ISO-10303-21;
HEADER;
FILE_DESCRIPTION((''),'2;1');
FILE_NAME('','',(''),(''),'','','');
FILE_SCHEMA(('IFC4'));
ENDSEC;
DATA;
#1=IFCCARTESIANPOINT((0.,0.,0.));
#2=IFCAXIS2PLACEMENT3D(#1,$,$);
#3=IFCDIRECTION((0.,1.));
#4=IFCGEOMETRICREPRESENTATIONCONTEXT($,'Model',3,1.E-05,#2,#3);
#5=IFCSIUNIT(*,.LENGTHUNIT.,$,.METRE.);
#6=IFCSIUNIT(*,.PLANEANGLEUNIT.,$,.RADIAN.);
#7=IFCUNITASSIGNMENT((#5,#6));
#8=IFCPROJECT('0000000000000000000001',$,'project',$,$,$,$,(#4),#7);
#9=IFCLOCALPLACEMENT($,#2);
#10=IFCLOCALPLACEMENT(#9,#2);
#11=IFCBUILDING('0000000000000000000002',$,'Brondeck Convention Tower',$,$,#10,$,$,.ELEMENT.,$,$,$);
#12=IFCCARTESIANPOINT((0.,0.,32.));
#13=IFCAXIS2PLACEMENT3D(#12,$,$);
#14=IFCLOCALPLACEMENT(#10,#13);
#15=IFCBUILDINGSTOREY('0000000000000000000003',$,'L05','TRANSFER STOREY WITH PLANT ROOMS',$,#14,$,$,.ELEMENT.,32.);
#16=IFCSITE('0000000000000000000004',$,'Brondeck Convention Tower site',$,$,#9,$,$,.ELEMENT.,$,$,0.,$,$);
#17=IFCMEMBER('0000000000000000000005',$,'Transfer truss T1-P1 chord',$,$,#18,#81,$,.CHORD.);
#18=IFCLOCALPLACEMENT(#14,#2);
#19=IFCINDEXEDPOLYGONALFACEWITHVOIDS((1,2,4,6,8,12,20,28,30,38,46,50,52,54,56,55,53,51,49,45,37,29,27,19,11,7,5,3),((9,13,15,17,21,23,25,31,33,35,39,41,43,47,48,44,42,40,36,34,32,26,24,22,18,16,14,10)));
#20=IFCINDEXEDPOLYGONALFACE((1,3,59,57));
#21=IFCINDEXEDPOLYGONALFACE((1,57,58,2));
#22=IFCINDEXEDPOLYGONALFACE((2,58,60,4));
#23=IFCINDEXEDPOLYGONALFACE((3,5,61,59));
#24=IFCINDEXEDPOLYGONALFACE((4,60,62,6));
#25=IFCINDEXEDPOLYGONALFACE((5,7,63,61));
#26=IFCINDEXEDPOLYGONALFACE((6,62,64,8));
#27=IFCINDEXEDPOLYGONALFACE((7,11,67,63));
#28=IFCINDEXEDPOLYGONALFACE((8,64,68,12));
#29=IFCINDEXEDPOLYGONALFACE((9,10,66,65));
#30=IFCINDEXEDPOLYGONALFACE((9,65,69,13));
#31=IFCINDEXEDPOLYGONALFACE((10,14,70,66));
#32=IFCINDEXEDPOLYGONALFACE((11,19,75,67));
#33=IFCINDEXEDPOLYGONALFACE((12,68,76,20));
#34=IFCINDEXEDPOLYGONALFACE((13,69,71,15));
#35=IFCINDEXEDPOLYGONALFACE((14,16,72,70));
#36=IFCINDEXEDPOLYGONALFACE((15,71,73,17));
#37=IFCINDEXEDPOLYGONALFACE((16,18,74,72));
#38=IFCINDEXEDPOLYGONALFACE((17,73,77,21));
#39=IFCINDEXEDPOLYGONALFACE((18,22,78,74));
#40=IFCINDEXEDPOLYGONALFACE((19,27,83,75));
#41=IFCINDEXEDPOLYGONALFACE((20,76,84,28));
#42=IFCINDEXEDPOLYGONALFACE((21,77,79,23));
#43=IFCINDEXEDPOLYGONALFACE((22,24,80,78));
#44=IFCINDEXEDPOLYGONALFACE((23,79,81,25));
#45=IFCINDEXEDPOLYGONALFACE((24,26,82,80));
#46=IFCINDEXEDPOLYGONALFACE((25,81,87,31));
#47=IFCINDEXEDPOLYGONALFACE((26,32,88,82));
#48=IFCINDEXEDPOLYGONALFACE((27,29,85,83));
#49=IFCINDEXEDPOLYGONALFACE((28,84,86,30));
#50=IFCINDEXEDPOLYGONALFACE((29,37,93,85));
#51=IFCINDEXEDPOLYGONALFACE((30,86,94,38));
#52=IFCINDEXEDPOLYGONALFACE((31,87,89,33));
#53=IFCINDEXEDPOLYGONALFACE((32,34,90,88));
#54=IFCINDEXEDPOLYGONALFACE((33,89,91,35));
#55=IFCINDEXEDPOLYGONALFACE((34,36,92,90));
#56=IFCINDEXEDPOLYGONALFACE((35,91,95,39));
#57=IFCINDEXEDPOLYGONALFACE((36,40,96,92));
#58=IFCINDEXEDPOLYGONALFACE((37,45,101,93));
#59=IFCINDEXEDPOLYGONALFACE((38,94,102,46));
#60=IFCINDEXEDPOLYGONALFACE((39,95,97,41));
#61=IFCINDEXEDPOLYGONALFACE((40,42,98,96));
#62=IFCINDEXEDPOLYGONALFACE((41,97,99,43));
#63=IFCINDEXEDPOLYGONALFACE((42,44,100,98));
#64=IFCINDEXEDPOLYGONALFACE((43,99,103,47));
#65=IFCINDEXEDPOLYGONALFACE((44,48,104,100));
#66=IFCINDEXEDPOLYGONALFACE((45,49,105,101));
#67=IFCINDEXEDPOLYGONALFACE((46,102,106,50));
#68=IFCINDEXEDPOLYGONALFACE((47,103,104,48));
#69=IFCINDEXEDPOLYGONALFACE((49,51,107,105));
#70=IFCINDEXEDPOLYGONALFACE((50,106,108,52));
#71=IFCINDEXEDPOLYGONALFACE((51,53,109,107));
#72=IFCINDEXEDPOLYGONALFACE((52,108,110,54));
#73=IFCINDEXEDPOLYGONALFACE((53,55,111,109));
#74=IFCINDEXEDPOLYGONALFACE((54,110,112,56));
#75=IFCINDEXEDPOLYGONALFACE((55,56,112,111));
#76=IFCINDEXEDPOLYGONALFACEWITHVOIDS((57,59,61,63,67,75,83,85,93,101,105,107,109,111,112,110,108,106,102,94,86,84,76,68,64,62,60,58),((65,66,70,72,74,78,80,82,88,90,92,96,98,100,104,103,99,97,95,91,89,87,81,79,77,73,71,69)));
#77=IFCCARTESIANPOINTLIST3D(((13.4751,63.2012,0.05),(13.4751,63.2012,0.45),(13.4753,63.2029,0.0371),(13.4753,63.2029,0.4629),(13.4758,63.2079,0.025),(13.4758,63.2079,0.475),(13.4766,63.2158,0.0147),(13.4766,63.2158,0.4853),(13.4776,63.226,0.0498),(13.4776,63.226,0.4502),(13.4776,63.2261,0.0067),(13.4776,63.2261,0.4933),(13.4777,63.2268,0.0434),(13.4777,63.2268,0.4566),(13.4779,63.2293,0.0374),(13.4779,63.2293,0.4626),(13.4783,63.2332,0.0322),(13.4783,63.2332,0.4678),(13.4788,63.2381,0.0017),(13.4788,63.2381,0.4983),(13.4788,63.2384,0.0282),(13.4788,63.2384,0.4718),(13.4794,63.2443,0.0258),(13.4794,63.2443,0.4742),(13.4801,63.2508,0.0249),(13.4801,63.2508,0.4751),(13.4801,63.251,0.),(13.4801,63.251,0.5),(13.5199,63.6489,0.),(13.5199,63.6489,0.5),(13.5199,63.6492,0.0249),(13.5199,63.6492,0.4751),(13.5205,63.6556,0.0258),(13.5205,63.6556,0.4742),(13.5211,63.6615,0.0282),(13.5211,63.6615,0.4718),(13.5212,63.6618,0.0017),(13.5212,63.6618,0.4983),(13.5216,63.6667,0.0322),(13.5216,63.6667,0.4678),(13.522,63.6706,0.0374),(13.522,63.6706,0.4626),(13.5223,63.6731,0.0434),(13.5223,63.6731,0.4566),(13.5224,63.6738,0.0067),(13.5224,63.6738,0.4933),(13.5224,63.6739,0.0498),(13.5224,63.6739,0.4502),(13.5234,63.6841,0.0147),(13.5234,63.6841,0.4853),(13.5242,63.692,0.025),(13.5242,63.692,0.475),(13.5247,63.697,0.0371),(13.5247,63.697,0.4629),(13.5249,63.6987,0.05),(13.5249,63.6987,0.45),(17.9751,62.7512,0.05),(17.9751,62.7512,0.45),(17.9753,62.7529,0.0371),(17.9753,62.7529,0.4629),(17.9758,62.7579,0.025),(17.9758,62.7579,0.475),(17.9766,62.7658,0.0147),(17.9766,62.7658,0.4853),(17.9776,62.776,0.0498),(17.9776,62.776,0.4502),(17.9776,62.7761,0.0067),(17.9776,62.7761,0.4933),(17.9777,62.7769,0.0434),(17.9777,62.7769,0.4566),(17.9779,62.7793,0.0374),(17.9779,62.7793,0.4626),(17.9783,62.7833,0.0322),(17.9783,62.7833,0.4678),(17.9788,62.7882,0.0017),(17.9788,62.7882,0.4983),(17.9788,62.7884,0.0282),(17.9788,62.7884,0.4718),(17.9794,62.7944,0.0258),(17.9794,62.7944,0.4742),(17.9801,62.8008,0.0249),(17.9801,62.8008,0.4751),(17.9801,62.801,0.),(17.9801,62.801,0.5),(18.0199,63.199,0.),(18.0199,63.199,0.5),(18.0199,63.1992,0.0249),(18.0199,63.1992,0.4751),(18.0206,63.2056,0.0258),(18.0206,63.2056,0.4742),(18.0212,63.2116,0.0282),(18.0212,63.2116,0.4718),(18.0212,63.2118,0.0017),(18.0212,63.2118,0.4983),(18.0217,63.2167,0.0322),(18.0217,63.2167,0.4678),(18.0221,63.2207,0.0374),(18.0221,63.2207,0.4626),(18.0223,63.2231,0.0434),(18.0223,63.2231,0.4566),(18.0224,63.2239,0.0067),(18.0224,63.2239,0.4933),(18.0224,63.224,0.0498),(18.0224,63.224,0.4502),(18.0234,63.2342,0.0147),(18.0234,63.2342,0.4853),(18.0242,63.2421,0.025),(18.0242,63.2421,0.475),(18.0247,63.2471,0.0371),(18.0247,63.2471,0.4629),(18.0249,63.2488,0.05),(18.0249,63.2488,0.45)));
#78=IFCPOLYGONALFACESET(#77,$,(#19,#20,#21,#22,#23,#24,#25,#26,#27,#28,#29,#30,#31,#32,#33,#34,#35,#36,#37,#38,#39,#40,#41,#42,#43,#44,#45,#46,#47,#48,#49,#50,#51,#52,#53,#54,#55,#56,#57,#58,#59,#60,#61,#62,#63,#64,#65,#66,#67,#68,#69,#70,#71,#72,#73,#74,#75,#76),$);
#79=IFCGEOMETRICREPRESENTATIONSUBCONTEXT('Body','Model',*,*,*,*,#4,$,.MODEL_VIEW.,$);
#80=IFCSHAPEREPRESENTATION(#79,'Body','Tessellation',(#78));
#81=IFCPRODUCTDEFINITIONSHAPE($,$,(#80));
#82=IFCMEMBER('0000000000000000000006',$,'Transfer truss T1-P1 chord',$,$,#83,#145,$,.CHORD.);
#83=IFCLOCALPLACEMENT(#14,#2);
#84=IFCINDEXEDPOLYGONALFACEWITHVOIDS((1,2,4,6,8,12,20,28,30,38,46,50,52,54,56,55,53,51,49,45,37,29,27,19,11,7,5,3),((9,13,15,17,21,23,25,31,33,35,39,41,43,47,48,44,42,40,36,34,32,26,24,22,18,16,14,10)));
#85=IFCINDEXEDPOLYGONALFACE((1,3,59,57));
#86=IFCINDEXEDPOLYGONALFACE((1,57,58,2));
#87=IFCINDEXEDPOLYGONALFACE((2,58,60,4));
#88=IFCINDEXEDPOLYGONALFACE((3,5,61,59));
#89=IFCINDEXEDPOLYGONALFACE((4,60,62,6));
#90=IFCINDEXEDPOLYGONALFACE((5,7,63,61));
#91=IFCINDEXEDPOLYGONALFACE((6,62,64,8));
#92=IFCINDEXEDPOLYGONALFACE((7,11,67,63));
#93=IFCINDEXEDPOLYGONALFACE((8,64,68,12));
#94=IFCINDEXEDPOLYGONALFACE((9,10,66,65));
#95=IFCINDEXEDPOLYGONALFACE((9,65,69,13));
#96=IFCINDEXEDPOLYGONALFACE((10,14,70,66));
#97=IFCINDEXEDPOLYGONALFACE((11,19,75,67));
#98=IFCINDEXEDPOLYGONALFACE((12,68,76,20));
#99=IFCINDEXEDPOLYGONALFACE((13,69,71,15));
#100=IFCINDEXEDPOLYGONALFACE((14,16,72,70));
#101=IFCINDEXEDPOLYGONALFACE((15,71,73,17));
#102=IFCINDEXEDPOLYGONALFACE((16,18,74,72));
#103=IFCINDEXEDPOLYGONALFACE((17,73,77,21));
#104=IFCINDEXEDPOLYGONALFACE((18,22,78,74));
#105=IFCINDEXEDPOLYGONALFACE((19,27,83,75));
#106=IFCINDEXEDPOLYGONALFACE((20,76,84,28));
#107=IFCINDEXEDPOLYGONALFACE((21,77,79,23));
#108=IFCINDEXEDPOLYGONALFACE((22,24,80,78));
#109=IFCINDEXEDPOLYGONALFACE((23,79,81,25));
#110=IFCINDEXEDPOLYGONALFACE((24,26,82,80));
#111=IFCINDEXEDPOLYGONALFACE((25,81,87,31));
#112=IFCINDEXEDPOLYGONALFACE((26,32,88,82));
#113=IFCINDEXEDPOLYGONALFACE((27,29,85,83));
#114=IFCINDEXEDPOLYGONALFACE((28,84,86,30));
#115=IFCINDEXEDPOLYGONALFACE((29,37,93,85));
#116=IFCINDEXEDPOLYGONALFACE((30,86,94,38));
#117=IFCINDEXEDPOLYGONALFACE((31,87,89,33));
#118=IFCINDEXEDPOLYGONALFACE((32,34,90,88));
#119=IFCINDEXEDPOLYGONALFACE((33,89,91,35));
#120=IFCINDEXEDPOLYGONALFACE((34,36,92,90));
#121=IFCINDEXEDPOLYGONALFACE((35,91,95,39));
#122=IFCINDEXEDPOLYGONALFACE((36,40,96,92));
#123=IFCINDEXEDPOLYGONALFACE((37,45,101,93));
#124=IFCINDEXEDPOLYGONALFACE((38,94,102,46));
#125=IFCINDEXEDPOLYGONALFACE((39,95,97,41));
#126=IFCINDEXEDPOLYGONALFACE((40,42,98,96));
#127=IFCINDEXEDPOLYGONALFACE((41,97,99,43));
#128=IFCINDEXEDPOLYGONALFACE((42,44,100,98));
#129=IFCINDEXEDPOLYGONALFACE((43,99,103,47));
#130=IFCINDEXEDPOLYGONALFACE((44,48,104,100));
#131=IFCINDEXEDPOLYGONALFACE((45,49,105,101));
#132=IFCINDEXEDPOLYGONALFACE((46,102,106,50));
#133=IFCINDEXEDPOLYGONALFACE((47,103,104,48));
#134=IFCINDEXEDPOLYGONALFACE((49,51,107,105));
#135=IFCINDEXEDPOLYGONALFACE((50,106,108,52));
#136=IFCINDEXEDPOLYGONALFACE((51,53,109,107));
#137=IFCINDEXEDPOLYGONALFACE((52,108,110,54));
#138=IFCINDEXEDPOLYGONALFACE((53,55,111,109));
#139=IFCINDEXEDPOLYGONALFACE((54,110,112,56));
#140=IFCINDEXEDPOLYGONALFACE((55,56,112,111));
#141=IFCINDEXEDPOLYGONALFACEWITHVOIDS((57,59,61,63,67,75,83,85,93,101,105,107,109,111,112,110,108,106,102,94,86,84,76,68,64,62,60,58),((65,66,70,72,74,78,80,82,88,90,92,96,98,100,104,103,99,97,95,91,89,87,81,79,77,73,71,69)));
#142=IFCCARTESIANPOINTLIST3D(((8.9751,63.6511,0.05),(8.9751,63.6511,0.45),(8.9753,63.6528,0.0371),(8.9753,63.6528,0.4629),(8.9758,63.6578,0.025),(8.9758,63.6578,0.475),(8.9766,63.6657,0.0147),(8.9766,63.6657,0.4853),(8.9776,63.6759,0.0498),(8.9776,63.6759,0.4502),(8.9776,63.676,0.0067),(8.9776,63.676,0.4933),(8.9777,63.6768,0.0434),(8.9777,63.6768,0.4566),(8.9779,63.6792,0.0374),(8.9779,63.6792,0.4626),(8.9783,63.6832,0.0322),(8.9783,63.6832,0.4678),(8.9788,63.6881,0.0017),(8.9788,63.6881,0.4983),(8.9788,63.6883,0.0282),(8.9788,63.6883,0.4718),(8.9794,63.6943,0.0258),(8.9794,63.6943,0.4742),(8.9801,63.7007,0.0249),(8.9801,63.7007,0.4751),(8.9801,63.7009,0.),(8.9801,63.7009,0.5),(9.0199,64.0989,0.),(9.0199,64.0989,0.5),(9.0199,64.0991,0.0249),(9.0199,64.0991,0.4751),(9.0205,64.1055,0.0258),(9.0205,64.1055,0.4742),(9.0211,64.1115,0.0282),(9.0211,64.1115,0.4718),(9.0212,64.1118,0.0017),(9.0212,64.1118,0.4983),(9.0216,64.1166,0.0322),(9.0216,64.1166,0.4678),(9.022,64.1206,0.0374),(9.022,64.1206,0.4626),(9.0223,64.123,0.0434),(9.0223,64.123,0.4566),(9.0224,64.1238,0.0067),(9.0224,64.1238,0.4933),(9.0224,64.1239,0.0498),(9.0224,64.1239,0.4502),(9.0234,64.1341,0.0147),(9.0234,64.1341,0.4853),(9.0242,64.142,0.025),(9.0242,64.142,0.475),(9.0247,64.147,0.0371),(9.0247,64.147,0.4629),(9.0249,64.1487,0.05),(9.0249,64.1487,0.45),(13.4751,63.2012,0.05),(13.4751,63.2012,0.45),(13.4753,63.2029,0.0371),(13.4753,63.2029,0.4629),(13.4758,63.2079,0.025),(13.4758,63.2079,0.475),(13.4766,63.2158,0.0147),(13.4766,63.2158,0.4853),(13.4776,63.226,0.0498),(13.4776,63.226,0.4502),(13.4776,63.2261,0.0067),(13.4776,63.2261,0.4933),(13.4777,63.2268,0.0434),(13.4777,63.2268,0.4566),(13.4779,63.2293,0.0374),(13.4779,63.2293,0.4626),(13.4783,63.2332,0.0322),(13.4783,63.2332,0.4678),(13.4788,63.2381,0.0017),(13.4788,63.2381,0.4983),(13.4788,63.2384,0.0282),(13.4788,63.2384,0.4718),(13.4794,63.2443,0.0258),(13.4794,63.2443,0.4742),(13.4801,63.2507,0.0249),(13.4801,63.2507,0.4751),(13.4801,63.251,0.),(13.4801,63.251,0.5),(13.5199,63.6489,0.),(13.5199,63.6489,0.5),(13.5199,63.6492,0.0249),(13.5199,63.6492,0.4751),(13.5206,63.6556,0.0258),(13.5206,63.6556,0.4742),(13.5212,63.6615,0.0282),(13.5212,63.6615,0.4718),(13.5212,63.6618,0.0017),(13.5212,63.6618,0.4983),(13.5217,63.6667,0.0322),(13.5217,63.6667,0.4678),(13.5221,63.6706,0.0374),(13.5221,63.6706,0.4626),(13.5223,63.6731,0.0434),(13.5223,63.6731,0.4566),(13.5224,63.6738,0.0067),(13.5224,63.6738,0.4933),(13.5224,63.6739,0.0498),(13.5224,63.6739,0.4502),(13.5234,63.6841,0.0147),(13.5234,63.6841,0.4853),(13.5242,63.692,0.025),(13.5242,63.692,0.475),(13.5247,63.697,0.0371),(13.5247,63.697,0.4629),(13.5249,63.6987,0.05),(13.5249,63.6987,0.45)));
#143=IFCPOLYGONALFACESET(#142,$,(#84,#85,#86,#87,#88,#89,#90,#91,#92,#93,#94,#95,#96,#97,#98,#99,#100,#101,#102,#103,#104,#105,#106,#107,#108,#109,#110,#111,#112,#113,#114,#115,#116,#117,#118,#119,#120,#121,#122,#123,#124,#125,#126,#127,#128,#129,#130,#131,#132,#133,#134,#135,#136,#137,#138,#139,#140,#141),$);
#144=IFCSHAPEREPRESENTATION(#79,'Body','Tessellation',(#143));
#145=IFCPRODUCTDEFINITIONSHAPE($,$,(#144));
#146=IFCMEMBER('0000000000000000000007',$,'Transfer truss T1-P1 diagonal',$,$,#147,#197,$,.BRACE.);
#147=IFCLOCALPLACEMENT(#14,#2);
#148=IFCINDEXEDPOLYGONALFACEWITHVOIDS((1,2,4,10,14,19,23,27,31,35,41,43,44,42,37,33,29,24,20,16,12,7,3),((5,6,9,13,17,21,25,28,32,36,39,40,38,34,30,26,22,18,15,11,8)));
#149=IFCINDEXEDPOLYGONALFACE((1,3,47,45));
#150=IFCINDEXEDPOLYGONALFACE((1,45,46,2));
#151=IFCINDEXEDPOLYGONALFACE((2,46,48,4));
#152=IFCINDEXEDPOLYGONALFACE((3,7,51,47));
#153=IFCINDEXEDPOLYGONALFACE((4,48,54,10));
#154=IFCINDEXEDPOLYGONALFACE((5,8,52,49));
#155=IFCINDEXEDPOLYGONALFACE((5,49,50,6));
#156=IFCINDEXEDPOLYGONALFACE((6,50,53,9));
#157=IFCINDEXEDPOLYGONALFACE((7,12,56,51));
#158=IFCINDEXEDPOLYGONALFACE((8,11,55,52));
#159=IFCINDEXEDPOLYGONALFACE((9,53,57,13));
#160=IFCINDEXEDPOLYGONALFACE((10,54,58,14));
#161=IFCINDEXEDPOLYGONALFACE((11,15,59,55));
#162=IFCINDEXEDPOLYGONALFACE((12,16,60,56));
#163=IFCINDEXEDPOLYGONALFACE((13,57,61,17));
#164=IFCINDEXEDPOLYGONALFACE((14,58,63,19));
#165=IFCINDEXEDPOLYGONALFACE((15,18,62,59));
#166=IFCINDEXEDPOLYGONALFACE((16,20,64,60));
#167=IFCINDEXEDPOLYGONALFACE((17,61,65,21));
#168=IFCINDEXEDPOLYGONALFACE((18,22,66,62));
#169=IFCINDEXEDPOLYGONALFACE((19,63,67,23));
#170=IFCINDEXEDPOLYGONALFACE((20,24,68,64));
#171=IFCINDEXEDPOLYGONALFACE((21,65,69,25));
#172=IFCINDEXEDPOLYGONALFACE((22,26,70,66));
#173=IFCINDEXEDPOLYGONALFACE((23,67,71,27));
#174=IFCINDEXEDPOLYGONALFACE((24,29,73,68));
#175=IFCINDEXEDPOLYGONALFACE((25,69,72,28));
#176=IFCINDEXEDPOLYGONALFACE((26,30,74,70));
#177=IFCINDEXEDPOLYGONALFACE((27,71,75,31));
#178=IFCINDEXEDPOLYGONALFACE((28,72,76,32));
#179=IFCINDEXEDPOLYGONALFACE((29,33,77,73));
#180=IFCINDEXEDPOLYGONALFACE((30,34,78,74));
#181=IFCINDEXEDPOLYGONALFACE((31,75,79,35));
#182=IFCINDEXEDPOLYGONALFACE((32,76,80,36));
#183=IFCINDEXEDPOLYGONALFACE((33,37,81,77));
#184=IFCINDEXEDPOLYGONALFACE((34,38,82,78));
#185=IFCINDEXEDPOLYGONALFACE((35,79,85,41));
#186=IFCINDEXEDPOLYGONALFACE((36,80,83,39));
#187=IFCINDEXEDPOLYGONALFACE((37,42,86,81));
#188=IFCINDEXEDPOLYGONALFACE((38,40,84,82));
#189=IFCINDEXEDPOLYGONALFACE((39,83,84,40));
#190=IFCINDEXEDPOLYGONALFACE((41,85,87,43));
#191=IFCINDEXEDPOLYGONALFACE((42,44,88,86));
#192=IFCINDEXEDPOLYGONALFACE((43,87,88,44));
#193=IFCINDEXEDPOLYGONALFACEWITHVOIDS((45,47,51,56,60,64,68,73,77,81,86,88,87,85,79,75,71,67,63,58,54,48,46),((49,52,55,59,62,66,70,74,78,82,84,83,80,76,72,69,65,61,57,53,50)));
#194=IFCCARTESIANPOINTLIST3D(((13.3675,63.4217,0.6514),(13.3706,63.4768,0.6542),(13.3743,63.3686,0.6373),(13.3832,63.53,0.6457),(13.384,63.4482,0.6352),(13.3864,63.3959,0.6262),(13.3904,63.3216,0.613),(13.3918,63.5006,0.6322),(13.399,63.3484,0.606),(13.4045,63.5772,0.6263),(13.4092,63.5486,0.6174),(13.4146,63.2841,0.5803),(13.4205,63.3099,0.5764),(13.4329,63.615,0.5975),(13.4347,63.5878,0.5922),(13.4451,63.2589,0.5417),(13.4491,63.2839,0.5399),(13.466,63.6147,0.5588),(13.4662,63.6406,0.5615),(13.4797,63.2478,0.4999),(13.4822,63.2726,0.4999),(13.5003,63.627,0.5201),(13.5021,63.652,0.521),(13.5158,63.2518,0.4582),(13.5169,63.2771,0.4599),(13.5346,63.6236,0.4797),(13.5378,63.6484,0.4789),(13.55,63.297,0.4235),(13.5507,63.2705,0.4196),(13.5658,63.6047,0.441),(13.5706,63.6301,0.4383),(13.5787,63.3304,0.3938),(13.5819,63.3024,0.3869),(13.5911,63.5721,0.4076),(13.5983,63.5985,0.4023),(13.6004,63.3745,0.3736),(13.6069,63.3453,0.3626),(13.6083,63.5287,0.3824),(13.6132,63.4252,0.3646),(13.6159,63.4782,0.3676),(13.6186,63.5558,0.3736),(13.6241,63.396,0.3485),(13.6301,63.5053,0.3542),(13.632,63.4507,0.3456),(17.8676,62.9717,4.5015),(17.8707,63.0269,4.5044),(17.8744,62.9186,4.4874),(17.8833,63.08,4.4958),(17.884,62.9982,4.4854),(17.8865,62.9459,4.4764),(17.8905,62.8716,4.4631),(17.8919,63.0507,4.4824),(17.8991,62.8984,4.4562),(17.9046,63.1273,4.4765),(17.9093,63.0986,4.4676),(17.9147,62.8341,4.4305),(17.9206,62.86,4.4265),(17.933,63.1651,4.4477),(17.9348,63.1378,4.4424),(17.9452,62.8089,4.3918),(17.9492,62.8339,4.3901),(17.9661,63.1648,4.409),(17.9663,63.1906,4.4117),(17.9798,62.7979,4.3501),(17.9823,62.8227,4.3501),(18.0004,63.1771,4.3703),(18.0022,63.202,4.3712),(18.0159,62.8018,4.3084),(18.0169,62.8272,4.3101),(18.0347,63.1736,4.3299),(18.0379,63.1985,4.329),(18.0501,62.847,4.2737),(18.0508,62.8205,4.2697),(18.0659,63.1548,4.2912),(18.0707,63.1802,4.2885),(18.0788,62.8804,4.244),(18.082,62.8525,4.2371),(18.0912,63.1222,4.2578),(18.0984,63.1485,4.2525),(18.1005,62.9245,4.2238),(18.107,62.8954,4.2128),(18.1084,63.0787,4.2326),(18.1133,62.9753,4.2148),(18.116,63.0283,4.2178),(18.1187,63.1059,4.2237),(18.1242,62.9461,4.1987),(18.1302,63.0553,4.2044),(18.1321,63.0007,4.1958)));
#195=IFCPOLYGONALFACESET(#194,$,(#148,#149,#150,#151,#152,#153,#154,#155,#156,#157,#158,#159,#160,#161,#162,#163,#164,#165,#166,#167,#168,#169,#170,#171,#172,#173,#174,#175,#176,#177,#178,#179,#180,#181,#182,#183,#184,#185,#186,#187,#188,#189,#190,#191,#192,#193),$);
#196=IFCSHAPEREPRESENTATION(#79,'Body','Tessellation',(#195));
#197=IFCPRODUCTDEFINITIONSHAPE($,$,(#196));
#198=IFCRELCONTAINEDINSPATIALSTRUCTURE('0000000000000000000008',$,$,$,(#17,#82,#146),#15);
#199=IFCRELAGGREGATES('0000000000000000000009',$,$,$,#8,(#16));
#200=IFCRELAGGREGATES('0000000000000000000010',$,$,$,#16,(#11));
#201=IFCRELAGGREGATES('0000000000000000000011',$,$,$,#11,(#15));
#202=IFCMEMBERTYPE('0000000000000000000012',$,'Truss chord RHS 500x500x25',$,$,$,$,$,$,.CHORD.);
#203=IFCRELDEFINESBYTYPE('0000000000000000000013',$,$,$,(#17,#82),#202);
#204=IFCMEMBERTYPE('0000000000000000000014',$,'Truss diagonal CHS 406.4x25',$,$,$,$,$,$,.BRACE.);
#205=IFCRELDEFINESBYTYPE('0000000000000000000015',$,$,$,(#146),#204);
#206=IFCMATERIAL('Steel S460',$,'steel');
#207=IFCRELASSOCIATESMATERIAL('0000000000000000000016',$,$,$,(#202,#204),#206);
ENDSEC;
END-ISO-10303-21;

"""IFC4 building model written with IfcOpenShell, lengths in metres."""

from ifc_helpers import new_model, si_unit, direction, frame, origin, origin_2d, place, context, subcontext, project, spatial, hollow_rectangle, hollow_circle, extrude, material, material_profile, profile_set, type_object, element, save


model = new_model("IFC4")

# Units and contexts
model_context = context("Model", 3, precision=1e-05, world=origin(), true_north=direction((0.0, 1.0)))
body_context = subcontext(model_context, "Body", "Model", "MODEL_VIEW")
ifc_project = project(units=[si_unit("LENGTHUNIT", "METRE"), si_unit("PLANEANGLEUNIT", "RADIAN")], contexts=[model_context])

# Site, building, storey
site_placement = place(None, origin())
site = spatial("IfcSite", under=ifc_project, at=site_placement, Name="Brondeck Convention Tower site", CompositionType="ELEMENT", RefElevation=0.0)
building_placement = place(site_placement, origin())
building = spatial("IfcBuilding", under=site, at=building_placement, Name="Brondeck Convention Tower", CompositionType="ELEMENT")
storey_placement = place(building_placement, frame((0.0, 0.0, 32.0)))
storey = spatial("IfcBuildingStorey", under=building, at=storey_placement, Name="L05", Description="TRANSFER STOREY WITH PLANT ROOMS", CompositionType="ELEMENT", Elevation=32.0)

# Shared definitions
ifc_material_1 = material(Name="Steel S460", Category="steel")

# Members
ifc_material_profile_1 = material_profile(ifc_material_1, hollow_rectangle(XDim=0.5, YDim=0.5, WallThickness=0.0249, InnerFilletRadius=0.0249, OuterFilletRadius=0.05, at=origin_2d()), Name="RHS 500x500x25")
ifc_profile_set_1 = profile_set([ifc_material_profile_1], Name="Steel S460")
member_type_1 = type_object("IfcMemberType", Name="Truss chord RHS 500x500x25", PredefinedType="CHORD", material=ifc_profile_set_1)
for number, where, z_axis, x_axis, name in (
    (1, (18.0, 63.0, 0.25), (-0.995038, 0.099493, 0.0), (-0.099493, -0.995038, 0.0), "Transfer truss T1-P1 chord"),
    (2, (13.5, 63.45, 0.25), (-0.995038, 0.099493, 0.0), (-0.099493, -0.995038, 0.0), "Transfer truss T1-P1 chord"),
):
    element("IfcMember", number, at=place(storey_placement, frame(where, z_axis=z_axis, x_axis=x_axis)), inside=storey, type_object=member_type_1, Name=name, PredefinedType="CHORD", context=body_context, shape_type="SweptSolid", body=[
        extrude(hollow_rectangle(XDim=0.5, YDim=0.5, WallThickness=0.0249, InnerFilletRadius=0.0249, OuterFilletRadius=0.05, at=origin_2d()), origin(), (0.0, 0.0, 1.0), 4.5225),
    ])
ifc_material_profile_2 = material_profile(ifc_material_1, hollow_circle(Radius=0.2031, WallThickness=0.0249, at=origin_2d()), Name="CHS 406.4x25")
ifc_profile_set_2 = profile_set([ifc_material_profile_2], Name="Steel S460")
member_type_2 = type_object("IfcMemberType", Name="Truss diagonal CHS 406.4x25", PredefinedType="BRACE", material=ifc_profile_set_2)
for number, where, z_axis, x_axis, name in (
    (3, (18.0, 63.0, 4.3501), (-0.75766, 0.075758, -0.648237), (-0.099493, -0.995038, 0.0), "Transfer truss T1-P1 diagonal"),
):
    element("IfcMember", number, at=place(storey_placement, frame(where, z_axis=z_axis, x_axis=x_axis)), inside=storey, type_object=member_type_2, Name=name, PredefinedType="BRACE", context=body_context, shape_type="SweptSolid", body=[
        extrude(hollow_circle(Radius=0.2031, WallThickness=0.0249, at=origin_2d()), origin(), (0.0, 0.0, 1.0), 5.9395),
    ])

save(model, "model.ifc")
